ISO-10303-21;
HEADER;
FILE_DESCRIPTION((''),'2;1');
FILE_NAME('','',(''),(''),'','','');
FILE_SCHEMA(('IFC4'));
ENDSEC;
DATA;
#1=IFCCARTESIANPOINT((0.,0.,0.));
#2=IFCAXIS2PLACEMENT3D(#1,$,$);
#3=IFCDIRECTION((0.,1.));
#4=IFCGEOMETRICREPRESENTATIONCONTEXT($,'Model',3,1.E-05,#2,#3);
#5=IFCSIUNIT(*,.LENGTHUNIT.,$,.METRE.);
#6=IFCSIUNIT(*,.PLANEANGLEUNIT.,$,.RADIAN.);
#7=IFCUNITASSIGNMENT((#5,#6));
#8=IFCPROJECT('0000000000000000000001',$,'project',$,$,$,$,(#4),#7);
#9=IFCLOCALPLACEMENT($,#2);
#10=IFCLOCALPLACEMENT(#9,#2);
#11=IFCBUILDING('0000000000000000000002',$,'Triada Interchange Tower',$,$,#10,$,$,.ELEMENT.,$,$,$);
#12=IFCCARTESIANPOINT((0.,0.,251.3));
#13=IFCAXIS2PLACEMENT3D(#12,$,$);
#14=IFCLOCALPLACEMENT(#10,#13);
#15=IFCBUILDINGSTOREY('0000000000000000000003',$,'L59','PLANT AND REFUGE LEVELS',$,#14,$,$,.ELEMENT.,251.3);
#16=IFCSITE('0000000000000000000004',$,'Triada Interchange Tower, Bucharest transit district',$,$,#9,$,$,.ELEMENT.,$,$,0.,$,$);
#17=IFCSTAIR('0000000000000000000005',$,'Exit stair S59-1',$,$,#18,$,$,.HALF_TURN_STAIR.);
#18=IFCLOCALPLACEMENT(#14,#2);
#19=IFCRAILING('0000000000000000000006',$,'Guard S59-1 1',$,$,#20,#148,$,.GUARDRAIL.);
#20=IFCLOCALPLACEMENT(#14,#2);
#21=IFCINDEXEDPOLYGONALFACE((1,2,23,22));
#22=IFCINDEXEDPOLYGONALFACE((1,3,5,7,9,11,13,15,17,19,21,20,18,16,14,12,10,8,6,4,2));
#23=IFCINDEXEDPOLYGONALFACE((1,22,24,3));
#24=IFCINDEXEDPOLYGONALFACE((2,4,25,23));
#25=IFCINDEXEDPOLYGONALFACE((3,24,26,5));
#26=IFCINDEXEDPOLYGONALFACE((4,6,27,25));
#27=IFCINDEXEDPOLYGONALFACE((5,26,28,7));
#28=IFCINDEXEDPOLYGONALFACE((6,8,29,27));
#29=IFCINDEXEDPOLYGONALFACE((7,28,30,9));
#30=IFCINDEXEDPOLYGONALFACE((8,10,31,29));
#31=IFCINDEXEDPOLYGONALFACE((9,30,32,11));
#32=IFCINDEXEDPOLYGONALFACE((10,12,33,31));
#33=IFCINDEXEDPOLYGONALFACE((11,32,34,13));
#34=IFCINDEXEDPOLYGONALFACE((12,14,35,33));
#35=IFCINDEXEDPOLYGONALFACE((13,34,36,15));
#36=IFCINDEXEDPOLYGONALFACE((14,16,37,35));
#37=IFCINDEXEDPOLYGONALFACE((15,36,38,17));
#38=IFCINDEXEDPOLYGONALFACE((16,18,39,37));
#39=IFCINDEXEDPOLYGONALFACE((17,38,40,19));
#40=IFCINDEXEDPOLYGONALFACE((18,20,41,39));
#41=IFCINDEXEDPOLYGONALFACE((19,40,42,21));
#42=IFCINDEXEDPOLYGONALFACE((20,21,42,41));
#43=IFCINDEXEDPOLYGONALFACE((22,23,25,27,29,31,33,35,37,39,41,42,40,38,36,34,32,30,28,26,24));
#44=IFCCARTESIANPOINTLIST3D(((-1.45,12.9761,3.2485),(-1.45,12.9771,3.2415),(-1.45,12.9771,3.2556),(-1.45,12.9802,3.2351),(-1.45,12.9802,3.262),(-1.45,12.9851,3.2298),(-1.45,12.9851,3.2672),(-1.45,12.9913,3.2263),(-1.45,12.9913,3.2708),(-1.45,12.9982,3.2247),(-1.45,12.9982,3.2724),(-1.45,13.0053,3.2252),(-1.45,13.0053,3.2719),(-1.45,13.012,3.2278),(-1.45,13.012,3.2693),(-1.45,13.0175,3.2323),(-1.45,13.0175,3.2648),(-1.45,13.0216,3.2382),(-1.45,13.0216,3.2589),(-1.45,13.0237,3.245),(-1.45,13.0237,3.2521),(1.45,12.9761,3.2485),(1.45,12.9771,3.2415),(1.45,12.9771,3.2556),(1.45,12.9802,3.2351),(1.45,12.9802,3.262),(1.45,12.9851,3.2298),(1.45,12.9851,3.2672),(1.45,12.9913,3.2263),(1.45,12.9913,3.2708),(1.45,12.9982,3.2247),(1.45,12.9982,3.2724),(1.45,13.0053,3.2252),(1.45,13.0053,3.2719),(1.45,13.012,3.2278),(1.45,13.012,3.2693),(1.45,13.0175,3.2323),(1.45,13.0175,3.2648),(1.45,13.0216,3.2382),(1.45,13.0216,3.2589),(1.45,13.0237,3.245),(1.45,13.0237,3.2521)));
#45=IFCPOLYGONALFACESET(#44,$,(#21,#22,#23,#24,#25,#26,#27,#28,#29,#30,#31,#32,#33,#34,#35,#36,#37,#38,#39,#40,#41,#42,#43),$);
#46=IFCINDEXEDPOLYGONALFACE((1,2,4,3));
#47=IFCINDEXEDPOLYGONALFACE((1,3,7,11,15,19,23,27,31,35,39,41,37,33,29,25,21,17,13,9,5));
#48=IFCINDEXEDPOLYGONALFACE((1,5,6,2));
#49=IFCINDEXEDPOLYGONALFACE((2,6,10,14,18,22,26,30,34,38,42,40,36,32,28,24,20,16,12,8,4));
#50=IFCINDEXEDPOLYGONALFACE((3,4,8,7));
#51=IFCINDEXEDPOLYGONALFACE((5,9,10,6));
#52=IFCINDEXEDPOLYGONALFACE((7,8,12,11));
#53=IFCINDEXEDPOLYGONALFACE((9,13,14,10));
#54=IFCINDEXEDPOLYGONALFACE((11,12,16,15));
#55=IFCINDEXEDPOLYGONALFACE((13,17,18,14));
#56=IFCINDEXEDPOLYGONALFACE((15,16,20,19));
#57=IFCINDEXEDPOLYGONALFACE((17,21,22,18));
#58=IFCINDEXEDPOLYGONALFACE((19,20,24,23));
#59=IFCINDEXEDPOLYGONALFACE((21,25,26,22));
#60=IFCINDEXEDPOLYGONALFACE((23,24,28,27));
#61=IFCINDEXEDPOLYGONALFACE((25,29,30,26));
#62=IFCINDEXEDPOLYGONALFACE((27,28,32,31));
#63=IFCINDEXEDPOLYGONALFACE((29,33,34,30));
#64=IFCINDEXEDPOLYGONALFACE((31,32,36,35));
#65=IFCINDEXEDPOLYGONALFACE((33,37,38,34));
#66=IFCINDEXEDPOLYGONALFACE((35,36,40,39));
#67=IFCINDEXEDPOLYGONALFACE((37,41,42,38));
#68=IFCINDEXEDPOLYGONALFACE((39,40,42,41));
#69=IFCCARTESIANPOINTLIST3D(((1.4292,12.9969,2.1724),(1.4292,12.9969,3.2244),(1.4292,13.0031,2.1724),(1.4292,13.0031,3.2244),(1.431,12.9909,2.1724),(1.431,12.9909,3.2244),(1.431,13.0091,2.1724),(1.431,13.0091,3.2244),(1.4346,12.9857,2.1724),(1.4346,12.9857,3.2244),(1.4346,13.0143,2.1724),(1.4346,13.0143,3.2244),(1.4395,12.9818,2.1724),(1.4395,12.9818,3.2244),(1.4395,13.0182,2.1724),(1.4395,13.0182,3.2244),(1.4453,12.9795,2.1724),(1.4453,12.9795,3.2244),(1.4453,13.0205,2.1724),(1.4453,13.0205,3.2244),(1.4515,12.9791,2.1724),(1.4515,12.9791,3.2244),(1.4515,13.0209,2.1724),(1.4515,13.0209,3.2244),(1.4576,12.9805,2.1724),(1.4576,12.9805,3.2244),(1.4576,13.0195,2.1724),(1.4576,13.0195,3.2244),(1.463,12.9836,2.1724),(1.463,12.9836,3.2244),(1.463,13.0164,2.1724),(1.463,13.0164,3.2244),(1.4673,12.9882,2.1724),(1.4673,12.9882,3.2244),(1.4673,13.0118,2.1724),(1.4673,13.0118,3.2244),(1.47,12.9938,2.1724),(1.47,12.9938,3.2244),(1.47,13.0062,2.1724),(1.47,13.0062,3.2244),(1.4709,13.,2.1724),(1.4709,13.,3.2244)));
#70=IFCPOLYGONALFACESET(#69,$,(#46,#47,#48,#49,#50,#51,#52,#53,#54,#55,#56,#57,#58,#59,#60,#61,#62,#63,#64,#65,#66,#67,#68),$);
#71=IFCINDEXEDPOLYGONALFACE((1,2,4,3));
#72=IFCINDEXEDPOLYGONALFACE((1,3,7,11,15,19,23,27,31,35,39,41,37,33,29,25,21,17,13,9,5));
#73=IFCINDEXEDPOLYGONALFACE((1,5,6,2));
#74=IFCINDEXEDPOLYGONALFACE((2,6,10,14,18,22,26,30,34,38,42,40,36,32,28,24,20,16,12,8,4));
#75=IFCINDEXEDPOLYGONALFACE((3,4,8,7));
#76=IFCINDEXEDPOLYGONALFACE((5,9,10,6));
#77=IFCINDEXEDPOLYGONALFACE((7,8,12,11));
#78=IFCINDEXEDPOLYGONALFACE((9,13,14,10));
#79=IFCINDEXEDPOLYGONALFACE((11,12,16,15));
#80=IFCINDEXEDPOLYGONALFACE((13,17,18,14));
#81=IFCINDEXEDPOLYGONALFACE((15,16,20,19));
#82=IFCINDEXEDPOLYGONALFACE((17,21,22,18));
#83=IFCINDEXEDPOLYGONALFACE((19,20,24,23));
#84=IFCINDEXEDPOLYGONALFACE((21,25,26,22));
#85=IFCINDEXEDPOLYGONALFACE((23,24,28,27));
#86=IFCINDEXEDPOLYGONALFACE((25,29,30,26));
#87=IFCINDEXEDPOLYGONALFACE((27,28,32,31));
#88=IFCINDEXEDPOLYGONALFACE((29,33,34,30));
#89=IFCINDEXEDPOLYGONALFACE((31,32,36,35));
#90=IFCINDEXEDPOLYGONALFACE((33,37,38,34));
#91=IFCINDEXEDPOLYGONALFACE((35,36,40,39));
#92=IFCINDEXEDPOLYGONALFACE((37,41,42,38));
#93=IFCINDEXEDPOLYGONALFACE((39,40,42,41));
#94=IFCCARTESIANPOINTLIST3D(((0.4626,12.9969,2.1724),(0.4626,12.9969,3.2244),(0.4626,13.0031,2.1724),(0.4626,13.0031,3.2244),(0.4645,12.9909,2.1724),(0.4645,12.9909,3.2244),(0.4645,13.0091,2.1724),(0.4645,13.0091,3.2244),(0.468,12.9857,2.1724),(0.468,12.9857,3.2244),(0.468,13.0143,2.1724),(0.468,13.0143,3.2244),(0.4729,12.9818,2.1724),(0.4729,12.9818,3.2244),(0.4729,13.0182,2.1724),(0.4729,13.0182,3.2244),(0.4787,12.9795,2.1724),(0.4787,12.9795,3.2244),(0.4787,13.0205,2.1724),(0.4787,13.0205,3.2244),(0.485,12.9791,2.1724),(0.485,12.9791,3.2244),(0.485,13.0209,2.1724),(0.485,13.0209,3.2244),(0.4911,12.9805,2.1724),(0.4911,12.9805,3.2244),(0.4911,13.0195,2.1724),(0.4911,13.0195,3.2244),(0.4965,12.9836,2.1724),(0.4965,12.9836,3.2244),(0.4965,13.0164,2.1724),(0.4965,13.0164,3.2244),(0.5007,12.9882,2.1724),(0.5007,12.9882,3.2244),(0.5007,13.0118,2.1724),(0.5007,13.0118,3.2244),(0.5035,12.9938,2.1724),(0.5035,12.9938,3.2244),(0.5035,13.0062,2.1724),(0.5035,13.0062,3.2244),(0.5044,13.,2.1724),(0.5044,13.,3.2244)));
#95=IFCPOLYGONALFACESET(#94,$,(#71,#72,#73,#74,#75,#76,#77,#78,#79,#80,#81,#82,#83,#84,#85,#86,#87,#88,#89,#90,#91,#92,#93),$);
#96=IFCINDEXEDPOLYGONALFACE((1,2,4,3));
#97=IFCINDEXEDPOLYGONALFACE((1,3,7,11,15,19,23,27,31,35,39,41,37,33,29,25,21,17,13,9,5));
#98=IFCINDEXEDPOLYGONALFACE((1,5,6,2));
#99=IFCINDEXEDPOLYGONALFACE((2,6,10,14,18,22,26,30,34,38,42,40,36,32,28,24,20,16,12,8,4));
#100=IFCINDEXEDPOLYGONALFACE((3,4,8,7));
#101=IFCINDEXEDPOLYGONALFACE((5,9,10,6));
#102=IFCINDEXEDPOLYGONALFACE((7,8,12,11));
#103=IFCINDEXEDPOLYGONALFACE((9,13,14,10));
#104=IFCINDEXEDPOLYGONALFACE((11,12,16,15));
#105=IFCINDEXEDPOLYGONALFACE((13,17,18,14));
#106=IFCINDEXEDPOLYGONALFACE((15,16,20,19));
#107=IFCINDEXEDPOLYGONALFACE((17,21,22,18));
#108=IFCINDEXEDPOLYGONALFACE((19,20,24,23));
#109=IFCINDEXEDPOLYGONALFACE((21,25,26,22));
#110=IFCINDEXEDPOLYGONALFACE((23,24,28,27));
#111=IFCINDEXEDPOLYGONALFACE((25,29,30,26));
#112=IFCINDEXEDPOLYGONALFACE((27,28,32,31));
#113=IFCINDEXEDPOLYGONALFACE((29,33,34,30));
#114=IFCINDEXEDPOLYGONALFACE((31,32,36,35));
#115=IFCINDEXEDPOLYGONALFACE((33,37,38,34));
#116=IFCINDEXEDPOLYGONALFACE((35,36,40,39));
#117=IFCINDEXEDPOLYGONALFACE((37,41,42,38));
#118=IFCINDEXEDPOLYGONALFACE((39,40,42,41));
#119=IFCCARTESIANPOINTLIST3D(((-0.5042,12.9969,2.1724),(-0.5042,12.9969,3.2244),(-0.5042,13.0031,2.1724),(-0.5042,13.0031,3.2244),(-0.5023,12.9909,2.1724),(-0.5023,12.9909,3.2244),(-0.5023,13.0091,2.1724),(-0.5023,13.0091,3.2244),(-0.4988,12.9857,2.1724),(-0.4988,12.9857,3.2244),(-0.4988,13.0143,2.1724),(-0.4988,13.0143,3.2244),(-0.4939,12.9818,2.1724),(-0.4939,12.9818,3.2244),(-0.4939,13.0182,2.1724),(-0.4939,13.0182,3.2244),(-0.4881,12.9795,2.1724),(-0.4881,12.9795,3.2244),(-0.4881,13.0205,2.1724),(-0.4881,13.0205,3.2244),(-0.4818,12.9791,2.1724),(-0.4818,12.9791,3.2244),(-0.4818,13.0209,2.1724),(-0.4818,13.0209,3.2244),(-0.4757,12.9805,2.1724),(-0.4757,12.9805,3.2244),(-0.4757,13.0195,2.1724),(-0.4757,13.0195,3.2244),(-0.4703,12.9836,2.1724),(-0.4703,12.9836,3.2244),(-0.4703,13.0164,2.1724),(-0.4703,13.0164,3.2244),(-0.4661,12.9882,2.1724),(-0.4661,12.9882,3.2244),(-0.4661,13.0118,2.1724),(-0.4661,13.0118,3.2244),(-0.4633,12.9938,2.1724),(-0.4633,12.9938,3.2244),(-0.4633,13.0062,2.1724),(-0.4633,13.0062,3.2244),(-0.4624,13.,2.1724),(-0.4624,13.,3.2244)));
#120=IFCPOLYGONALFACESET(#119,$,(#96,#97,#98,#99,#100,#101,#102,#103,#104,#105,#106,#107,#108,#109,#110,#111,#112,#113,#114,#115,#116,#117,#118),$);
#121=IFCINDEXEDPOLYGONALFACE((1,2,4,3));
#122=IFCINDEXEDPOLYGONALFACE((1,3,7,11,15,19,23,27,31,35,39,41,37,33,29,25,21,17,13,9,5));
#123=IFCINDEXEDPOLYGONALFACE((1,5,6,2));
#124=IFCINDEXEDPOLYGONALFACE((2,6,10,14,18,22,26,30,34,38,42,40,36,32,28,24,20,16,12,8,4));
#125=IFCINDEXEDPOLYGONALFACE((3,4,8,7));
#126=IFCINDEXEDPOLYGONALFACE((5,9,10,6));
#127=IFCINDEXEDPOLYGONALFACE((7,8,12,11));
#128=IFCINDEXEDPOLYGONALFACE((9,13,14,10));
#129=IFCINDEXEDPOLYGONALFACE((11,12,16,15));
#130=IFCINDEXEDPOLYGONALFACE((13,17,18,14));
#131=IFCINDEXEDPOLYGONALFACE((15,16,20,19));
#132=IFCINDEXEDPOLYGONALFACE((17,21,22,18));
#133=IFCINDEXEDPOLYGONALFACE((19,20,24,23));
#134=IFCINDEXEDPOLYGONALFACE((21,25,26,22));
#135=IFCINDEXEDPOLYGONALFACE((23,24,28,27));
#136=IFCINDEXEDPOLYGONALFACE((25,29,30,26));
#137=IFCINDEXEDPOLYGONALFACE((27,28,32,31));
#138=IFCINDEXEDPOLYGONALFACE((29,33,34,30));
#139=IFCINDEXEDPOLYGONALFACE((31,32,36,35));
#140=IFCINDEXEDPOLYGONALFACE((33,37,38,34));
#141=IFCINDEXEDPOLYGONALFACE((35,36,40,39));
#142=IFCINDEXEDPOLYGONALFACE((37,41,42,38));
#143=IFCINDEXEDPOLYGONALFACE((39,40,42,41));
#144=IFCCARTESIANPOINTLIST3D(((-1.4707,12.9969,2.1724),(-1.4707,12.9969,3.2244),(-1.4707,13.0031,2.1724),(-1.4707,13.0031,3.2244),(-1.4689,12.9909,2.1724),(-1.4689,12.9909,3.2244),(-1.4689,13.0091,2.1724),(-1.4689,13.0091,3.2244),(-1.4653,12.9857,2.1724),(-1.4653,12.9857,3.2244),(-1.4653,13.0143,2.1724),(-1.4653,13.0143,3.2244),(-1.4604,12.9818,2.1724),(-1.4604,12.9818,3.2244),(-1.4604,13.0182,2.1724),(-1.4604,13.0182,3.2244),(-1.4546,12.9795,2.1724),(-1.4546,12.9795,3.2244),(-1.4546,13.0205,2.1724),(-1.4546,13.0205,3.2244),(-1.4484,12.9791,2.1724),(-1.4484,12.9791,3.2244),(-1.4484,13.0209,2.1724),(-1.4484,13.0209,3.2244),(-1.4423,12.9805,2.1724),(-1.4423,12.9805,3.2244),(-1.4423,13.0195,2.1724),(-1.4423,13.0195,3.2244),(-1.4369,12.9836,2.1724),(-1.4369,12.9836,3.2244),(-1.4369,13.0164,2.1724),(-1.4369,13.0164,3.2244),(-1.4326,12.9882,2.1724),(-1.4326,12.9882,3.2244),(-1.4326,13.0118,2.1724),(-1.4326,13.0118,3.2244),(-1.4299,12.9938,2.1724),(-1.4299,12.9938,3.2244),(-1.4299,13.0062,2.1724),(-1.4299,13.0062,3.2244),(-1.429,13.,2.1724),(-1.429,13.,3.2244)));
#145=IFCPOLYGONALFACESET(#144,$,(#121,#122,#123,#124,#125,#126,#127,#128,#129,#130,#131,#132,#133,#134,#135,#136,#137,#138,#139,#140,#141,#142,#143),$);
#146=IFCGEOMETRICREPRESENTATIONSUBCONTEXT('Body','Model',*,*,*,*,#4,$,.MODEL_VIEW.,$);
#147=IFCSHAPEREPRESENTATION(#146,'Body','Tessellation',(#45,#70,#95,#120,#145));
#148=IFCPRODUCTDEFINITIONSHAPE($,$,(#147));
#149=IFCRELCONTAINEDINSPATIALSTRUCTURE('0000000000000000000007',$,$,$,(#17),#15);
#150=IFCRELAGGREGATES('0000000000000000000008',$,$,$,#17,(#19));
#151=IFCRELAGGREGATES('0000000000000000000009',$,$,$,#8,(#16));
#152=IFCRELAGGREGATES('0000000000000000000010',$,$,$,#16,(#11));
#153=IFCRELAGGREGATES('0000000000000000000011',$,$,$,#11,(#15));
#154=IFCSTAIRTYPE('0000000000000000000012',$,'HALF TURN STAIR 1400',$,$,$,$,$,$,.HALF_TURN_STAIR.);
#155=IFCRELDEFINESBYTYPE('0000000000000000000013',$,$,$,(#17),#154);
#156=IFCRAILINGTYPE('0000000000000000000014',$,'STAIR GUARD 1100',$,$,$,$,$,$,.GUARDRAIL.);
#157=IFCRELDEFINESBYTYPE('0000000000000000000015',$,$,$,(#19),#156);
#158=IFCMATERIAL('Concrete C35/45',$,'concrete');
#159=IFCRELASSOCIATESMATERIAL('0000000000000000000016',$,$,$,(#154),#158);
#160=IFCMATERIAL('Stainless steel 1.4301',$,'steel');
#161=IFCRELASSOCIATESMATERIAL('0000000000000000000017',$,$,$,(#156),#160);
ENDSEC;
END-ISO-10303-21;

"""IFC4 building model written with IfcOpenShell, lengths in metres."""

from ifc_helpers import new_model, si_unit, direction, frame, origin, origin_2d, place, context, subcontext, project, spatial, circle, extrude, material, type_object, element, aggregate, save


model = new_model("IFC4")

# Units and contexts
model_context = context("Model", 3, precision=1e-05, world=origin(), true_north=direction((0.0, 1.0)))
body_context = subcontext(model_context, "Body", "Model", "MODEL_VIEW")
ifc_project = project(units=[si_unit("LENGTHUNIT", "METRE"), si_unit("PLANEANGLEUNIT", "RADIAN")], contexts=[model_context])

# Site, building, storey
site_placement = place(None, origin())
site = spatial("IfcSite", under=ifc_project, at=site_placement, Name="Triada Interchange Tower, Bucharest transit district", CompositionType="ELEMENT", RefElevation=0.0)
building_placement = place(site_placement, origin())
building = spatial("IfcBuilding", under=site, at=building_placement, Name="Triada Interchange Tower", CompositionType="ELEMENT")
storey_placement = place(building_placement, frame((0.0, 0.0, 251.3)))
storey = spatial("IfcBuildingStorey", under=building, at=storey_placement, Name="L59", Description="PLANT AND REFUGE LEVELS", CompositionType="ELEMENT", Elevation=251.3)

# Shared definitions
ifc_material_1 = material(Name="Concrete C35/45", Category="concrete")

# Stair
stair_type = type_object("IfcStairType", Name="HALF TURN STAIR 1400", PredefinedType="HALF_TURN_STAIR", material=ifc_material_1)
stair_placement = place(storey_placement, origin())
stair = element("IfcStair", 1, at=stair_placement, inside=storey, type_object=stair_type, Name="Exit stair S59-1", PredefinedType="HALF_TURN_STAIR")

# Railing
ifc_material_2 = material(Name="Stainless steel 1.4301", Category="steel")
railing_type_1 = type_object("IfcRailingType", Name="STAIR GUARD 1100", PredefinedType="GUARDRAIL", material=ifc_material_2)
railing_1_placement = place(storey_placement, frame((1.45, 13.0, 2.1724)))
railing_1 = element("IfcRailing", 2, at=railing_1_placement, type_object=railing_type_1, Name="Guard S59-1 1", PredefinedType="GUARDRAIL", context=body_context, shape_type="SweptSolid", body=[
    extrude(circle(Radius=0.0239, at=origin_2d()), frame((0.0, 0.0, 1.0762), z_axis=(-1.0, 0.0, 0.0), x_axis=(0.0, -1.0, 0.0)), (0.0, 0.0, 1.0), 2.8999),
    extrude(circle(Radius=0.021, at=origin_2d()), origin(), (0.0, 0.0, 1.0), 1.052),
    extrude(circle(Radius=0.021, at=origin_2d()), frame((-0.9666, 0.0, 0.0)), (0.0, 0.0, 1.0), 1.052),
    extrude(circle(Radius=0.021, at=origin_2d()), frame((-1.9333, 0.0, 0.0)), (0.0, 0.0, 1.0), 1.052),
    extrude(circle(Radius=0.021, at=origin_2d()), frame((-2.8999, 0.0, 0.0)), (0.0, 0.0, 1.0), 1.052),
])
aggregate(stair, [railing_1])

save(model, "model.ifc")
